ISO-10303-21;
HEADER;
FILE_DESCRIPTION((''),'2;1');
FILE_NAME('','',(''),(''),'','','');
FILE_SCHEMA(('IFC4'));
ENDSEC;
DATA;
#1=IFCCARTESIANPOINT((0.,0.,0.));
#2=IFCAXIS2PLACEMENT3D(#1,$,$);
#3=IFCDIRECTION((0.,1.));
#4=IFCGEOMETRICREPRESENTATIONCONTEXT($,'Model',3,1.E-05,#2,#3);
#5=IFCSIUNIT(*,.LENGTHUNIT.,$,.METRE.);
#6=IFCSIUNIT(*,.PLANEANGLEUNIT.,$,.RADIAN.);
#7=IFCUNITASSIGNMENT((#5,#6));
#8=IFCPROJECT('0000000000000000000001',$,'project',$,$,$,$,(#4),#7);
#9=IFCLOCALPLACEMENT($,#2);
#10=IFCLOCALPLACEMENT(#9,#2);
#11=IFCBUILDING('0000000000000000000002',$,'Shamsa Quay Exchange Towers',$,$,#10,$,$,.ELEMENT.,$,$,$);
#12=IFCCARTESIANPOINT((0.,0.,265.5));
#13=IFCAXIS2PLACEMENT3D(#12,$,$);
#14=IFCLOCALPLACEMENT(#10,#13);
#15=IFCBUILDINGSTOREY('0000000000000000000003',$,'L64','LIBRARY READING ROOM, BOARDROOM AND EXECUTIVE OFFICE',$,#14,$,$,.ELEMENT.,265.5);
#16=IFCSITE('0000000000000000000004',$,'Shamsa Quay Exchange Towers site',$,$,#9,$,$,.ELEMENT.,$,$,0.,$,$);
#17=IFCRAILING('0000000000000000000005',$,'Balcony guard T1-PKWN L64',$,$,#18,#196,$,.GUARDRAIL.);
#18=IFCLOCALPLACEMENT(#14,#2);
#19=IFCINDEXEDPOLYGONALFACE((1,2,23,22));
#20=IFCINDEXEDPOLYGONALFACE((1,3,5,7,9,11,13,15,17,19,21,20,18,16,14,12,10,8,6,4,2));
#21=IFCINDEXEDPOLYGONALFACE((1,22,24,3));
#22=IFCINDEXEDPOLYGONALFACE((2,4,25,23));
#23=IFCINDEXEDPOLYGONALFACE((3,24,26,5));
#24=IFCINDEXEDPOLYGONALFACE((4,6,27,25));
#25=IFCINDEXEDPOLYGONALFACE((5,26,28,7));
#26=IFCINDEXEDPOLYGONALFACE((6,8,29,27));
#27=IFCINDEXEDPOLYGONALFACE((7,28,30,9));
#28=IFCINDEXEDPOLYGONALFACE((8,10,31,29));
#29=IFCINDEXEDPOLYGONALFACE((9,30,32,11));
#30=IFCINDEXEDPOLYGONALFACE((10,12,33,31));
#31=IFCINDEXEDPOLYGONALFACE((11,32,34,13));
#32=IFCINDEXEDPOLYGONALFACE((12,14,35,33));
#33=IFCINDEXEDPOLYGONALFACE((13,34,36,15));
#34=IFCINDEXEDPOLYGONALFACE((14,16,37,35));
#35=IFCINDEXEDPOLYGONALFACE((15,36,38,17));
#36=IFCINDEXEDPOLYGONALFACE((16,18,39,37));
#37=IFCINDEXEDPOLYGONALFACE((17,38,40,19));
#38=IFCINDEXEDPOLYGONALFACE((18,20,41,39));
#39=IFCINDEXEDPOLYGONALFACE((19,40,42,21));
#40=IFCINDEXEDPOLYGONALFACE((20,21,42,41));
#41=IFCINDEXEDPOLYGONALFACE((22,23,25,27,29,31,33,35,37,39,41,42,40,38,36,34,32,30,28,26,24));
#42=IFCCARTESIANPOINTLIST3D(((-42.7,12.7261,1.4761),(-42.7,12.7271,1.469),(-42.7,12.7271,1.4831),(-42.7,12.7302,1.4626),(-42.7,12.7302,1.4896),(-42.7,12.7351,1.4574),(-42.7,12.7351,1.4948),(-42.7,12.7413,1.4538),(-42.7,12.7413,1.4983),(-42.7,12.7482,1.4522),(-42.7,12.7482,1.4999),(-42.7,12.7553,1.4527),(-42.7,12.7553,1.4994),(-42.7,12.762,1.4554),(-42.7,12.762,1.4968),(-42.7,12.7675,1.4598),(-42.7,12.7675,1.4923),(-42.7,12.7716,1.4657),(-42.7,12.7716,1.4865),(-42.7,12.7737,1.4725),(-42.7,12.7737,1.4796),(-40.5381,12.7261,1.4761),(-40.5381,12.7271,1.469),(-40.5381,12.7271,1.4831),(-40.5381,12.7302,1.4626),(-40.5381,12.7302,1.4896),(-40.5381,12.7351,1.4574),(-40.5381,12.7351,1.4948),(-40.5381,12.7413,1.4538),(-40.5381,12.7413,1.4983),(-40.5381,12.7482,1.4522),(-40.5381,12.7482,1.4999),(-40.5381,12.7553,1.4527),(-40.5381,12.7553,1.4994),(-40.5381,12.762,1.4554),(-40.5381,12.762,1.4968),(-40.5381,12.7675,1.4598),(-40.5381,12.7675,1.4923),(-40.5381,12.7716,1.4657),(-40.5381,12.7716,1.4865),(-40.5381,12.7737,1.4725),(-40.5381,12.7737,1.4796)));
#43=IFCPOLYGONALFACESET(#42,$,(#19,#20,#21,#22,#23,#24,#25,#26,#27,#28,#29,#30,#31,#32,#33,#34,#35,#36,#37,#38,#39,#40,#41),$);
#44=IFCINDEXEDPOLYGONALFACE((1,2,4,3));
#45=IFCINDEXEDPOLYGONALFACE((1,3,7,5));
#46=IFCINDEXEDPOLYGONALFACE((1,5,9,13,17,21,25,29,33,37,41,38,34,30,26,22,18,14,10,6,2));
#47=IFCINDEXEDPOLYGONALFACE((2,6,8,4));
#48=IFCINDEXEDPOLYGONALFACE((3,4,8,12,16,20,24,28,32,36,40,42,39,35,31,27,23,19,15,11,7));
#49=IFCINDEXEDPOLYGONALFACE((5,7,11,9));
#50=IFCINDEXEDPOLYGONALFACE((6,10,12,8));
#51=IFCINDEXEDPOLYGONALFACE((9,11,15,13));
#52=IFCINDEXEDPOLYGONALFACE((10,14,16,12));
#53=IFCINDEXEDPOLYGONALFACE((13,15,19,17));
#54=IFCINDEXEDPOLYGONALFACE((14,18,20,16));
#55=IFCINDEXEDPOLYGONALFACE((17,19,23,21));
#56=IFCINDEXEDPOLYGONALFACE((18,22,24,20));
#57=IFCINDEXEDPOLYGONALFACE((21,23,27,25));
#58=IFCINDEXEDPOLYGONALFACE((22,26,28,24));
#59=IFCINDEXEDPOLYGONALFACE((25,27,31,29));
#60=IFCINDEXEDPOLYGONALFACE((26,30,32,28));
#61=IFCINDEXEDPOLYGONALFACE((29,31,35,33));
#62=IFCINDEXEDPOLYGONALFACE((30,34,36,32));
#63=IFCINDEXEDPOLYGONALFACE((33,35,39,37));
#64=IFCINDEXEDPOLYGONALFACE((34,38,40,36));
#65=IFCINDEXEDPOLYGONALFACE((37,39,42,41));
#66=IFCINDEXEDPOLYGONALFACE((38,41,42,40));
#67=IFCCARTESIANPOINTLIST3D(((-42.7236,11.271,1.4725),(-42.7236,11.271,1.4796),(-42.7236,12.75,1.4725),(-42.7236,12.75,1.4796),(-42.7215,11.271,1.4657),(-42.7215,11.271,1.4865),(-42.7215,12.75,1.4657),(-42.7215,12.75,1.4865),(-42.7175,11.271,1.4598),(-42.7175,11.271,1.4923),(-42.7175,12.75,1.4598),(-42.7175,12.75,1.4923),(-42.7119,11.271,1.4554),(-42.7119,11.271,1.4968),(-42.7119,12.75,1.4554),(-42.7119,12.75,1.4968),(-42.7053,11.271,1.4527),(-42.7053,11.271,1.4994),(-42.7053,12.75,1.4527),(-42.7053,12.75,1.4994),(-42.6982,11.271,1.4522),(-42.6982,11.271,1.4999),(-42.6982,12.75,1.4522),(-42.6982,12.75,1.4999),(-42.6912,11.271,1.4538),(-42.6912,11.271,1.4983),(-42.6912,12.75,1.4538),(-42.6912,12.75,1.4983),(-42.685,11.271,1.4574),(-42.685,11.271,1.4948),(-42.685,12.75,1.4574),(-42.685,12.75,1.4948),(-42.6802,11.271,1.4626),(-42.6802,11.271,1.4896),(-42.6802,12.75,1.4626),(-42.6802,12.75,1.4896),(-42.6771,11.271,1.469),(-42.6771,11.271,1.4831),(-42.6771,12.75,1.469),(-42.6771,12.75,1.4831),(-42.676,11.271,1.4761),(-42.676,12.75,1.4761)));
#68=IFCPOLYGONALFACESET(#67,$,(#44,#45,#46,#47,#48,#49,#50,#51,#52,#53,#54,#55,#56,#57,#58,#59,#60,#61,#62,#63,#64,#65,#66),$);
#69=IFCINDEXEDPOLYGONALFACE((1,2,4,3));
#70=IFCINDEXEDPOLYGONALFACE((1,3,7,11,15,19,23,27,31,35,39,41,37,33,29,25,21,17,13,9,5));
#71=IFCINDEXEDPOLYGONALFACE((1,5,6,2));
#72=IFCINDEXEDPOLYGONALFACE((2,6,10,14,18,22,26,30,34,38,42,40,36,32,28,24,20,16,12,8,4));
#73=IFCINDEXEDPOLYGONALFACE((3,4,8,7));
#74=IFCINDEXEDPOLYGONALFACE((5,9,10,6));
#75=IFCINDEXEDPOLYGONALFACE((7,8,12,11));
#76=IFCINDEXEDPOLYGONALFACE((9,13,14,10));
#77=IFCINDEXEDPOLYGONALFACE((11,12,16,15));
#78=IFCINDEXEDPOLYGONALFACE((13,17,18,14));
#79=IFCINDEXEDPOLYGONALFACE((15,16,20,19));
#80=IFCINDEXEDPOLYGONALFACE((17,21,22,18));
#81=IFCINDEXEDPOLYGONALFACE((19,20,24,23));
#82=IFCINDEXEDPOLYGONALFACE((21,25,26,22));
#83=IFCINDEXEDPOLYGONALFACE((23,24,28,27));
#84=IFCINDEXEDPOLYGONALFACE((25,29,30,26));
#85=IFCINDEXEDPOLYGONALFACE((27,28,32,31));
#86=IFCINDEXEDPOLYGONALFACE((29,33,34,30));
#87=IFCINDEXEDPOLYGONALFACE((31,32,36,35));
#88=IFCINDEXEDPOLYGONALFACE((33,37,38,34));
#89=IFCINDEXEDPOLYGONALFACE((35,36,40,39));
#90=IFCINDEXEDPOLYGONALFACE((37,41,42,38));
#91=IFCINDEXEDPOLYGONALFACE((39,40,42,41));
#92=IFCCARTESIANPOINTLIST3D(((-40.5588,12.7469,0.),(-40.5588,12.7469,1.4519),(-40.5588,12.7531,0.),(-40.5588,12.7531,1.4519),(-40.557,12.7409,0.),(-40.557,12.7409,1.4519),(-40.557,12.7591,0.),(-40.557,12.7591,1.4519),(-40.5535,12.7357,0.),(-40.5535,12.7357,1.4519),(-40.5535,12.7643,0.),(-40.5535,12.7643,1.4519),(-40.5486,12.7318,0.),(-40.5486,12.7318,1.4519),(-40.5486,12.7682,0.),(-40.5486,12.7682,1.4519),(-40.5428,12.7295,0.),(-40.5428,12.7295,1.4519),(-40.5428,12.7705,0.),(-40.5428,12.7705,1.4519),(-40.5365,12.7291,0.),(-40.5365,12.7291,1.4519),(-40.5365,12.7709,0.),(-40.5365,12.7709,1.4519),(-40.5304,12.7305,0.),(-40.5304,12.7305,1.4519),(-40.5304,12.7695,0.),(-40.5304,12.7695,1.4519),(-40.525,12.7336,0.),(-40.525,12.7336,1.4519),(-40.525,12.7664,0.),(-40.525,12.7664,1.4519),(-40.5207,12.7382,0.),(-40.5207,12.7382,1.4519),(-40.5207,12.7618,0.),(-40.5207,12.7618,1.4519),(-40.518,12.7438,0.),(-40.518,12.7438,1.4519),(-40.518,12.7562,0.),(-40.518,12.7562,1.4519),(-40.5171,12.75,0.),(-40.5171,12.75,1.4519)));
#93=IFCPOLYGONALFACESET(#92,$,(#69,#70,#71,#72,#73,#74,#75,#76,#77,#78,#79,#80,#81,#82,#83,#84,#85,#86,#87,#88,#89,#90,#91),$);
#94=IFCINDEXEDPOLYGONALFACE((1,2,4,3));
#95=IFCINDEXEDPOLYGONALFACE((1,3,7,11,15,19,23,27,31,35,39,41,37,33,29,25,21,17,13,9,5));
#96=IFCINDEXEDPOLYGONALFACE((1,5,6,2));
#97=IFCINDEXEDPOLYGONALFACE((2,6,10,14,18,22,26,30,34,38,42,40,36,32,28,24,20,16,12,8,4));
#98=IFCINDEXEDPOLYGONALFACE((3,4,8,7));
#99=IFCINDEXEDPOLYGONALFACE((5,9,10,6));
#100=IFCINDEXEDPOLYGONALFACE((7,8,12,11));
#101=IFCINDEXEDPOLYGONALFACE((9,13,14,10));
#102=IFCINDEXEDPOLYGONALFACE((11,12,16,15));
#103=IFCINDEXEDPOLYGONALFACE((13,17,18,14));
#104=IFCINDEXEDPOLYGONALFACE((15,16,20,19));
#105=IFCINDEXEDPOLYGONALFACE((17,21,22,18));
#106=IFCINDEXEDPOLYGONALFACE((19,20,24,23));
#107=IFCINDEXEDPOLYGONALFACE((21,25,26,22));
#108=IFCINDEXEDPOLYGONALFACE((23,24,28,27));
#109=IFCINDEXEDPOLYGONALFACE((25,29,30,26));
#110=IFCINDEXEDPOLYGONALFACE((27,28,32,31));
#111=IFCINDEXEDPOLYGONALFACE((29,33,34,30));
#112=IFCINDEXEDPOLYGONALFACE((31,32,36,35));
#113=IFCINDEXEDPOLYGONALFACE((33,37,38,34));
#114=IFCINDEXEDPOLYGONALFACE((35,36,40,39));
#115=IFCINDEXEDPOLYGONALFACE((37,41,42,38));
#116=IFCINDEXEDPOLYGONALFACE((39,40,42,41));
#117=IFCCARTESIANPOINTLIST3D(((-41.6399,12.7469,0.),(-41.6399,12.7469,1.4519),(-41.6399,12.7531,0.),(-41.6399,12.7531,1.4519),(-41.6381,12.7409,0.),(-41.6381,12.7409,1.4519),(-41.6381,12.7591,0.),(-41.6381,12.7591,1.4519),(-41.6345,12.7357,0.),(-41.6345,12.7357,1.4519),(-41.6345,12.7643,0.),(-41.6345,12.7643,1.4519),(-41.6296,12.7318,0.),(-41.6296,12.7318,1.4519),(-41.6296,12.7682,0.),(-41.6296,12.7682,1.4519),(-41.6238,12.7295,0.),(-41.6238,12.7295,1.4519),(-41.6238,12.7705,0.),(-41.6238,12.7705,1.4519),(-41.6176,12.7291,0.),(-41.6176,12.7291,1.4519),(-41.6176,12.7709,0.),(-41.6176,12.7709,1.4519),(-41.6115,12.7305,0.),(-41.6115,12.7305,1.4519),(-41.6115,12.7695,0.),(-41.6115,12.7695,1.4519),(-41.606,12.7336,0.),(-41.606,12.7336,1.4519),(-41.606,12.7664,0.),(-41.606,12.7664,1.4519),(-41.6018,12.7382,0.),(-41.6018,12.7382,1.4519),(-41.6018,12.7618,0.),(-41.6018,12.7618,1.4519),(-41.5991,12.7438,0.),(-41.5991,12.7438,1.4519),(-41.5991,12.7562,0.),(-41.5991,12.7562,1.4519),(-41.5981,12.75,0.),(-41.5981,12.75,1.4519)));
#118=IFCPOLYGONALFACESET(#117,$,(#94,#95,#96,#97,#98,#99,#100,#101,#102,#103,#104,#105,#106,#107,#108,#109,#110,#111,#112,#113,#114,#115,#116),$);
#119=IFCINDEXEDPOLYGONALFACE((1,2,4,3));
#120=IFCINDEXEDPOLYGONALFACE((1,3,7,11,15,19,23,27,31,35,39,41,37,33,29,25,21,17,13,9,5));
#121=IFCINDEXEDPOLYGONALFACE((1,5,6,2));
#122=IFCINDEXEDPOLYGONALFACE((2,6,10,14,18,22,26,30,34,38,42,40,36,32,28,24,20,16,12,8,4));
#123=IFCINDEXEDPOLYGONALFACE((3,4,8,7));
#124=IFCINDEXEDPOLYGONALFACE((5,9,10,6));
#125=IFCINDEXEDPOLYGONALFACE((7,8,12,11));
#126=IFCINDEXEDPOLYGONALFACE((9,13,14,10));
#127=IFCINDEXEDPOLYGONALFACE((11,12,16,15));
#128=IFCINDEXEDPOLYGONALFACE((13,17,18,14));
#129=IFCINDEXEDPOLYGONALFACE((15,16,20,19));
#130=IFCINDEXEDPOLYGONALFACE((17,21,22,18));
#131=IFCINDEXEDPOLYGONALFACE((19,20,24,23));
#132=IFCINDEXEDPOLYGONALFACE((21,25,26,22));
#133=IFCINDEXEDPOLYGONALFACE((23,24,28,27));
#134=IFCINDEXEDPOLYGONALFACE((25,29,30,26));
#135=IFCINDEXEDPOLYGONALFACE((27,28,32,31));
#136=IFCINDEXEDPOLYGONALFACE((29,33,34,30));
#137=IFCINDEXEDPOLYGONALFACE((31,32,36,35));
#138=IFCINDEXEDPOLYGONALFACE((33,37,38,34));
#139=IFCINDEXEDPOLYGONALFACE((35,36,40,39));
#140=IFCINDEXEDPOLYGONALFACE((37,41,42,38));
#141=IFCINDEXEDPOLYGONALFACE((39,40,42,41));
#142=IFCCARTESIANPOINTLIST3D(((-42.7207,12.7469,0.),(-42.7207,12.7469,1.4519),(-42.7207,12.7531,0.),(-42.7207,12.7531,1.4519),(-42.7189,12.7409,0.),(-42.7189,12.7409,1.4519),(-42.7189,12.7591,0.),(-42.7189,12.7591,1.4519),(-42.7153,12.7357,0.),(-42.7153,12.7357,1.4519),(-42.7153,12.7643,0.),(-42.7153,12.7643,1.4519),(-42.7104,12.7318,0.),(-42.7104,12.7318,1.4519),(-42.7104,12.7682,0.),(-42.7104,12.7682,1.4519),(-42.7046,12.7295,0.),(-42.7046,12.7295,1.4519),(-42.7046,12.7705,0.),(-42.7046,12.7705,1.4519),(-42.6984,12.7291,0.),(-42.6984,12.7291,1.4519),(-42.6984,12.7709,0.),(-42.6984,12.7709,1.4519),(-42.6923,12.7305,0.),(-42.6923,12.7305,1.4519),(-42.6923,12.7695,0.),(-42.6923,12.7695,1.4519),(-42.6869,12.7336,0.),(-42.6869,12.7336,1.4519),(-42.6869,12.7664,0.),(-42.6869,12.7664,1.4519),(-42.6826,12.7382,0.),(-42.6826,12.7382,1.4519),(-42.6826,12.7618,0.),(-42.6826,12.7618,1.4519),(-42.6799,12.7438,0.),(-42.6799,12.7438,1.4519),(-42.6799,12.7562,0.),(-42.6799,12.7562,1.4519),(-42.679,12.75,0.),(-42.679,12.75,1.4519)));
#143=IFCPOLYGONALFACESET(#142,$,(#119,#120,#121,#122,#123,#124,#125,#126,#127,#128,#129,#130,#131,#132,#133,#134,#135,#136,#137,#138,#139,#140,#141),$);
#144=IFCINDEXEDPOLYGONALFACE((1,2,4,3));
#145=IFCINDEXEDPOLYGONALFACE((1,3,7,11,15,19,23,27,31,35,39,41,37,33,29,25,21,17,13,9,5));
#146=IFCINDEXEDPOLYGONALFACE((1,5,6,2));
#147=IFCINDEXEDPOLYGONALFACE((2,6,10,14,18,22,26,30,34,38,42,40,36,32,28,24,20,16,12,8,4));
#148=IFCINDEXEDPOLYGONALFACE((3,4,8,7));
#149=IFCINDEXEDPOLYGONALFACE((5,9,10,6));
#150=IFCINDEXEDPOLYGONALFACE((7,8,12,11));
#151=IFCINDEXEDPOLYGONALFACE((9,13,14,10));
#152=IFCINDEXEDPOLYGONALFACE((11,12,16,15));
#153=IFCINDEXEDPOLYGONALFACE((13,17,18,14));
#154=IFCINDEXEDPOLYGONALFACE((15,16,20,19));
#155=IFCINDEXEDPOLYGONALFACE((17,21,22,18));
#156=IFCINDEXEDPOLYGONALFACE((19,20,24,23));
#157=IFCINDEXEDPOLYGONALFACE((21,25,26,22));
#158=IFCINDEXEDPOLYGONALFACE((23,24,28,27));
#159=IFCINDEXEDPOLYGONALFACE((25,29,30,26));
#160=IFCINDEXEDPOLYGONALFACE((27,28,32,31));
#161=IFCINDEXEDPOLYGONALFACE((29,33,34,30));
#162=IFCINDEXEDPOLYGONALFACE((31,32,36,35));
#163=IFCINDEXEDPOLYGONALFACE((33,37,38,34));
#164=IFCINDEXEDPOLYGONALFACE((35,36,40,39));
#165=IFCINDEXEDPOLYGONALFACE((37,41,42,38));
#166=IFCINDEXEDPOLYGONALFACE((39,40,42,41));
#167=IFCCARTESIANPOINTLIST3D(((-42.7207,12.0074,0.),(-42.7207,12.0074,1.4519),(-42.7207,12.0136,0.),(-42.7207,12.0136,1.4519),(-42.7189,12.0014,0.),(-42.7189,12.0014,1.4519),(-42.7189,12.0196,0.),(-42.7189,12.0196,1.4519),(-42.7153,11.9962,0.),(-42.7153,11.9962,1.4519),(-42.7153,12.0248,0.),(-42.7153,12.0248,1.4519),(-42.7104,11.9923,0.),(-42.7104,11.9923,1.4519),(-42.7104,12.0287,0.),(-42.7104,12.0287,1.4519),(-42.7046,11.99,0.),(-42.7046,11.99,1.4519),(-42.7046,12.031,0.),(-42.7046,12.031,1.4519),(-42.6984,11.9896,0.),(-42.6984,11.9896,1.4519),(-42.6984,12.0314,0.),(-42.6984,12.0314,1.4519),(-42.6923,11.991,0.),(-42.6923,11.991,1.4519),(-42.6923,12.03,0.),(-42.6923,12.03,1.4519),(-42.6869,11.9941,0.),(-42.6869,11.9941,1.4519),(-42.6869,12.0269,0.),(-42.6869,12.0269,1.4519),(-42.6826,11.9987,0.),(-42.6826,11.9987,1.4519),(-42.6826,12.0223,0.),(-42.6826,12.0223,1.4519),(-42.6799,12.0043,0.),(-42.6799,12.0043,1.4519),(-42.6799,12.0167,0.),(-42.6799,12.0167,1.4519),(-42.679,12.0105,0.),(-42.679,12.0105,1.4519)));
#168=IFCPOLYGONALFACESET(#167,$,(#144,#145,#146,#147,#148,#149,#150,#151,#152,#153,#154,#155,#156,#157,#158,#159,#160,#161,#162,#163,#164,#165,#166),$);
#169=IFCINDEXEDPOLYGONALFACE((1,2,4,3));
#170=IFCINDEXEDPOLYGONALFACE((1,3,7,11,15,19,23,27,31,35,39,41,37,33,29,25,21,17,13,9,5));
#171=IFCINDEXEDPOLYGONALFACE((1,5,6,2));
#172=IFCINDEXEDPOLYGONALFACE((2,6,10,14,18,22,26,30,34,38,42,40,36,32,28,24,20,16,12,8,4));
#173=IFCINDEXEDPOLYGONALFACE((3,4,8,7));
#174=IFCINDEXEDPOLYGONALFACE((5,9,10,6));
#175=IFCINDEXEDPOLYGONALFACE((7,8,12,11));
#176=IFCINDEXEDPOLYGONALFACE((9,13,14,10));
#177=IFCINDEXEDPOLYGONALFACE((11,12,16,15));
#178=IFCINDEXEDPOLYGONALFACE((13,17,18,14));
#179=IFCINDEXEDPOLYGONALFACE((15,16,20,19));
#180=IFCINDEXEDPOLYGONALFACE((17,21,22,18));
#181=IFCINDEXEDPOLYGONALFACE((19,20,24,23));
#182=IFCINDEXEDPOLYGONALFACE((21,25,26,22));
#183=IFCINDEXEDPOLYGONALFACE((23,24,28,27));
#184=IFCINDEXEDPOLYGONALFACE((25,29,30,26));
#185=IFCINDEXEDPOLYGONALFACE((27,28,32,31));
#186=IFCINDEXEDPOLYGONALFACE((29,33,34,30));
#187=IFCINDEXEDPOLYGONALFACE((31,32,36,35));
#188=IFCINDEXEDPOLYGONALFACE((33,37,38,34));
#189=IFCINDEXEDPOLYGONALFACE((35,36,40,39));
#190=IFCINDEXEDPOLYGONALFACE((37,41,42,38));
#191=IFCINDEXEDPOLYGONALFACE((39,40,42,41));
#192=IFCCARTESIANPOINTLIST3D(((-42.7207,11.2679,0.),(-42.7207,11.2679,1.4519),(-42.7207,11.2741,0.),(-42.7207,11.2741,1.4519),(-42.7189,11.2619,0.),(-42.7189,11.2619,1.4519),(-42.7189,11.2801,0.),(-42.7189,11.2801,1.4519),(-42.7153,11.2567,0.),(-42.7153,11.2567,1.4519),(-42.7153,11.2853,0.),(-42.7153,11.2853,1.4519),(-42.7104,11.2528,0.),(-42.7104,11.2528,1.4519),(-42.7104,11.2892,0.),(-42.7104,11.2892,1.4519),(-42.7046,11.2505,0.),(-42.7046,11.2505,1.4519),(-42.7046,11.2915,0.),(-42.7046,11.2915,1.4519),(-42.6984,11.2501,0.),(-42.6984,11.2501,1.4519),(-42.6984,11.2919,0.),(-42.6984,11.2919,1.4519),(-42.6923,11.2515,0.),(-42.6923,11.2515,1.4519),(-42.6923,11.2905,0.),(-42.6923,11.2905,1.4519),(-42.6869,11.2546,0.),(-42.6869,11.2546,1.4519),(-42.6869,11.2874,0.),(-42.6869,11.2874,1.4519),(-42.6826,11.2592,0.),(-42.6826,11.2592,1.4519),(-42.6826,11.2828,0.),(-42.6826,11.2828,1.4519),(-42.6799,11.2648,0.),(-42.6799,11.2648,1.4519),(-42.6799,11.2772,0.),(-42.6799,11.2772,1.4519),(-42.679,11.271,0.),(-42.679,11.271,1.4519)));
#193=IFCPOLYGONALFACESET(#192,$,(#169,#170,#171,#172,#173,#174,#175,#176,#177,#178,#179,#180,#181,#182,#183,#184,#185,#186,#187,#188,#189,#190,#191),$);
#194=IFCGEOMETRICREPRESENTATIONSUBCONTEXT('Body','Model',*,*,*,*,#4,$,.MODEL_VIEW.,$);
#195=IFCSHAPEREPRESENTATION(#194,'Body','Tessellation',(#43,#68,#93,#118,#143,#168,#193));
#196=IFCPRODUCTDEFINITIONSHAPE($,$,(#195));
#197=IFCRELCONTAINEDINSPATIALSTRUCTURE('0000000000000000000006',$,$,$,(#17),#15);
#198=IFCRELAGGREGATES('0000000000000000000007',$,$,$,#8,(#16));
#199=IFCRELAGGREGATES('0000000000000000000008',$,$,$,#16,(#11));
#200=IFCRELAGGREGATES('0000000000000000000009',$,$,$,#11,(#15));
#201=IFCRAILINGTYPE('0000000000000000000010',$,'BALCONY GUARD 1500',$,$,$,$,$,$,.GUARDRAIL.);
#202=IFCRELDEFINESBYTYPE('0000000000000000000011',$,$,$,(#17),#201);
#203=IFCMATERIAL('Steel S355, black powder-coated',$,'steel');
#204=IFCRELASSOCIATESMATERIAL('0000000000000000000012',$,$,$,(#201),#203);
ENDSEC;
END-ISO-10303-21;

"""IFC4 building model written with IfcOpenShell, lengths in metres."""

from ifc_helpers import new_model, si_unit, direction, frame, origin, origin_2d, place, context, subcontext, project, spatial, circle, extrude, material, type_object, element, save


model = new_model("IFC4")

# Units and contexts
model_context = context("Model", 3, precision=1e-05, world=origin(), true_north=direction((0.0, 1.0)))
body_context = subcontext(model_context, "Body", "Model", "MODEL_VIEW")
ifc_project = project(units=[si_unit("LENGTHUNIT", "METRE"), si_unit("PLANEANGLEUNIT", "RADIAN")], contexts=[model_context])

# Site, building, storey
site_placement = place(None, origin())
site = spatial("IfcSite", under=ifc_project, at=site_placement, Name="Shamsa Quay Exchange Towers site", CompositionType="ELEMENT", RefElevation=0.0)
building_placement = place(site_placement, origin())
building = spatial("IfcBuilding", under=site, at=building_placement, Name="Shamsa Quay Exchange Towers", CompositionType="ELEMENT")
storey_placement = place(building_placement, frame((0.0, 0.0, 265.5)))
storey = spatial("IfcBuildingStorey", under=building, at=storey_placement, Name="L64", Description="LIBRARY READING ROOM, BOARDROOM AND EXECUTIVE OFFICE", CompositionType="ELEMENT", Elevation=265.5)

# Railing
ifc_material_1 = material(Name="Steel S355, black powder-coated", Category="steel")
railing_type_1 = type_object("IfcRailingType", Name="BALCONY GUARD 1500", PredefinedType="GUARDRAIL", material=ifc_material_1)
for number, where, name in (
    (1, (-40.5381, 12.75, 0.0), "Balcony guard T1-PKWN L64"),
):
    element("IfcRailing", number, at=place(storey_placement, frame(where)), inside=storey, type_object=railing_type_1, Name=name, PredefinedType="GUARDRAIL", context=body_context, shape_type="SweptSolid", body=[
        extrude(circle(Radius=0.0239, at=origin_2d()), frame((0.0, 0.0, 1.4761), z_axis=(-1.0, 0.0, 0.0), x_axis=(0.0, -1.0, 0.0)), (0.0, 0.0, 1.0), 2.1619),
        extrude(circle(Radius=0.0239, at=origin_2d()), frame((-2.1619, 0.0, 1.4761), z_axis=(0.0, -1.0, 0.0), x_axis=(1.0, 0.0, 0.0)), (0.0, 0.0, 1.0), 1.479),
        extrude(circle(Radius=0.021, at=origin_2d()), origin(), (0.0, 0.0, 1.0), 1.4519),
        extrude(circle(Radius=0.021, at=origin_2d()), frame((-1.0811, 0.0, 0.0)), (0.0, 0.0, 1.0), 1.4519),
        extrude(circle(Radius=0.021, at=origin_2d()), frame((-2.1619, 0.0, 0.0)), (0.0, 0.0, 1.0), 1.4519),
        extrude(circle(Radius=0.021, at=origin_2d()), frame((-2.1619, -0.7395, 0.0)), (0.0, 0.0, 1.0), 1.4519),
        extrude(circle(Radius=0.021, at=origin_2d()), frame((-2.1619, -1.479, 0.0)), (0.0, 0.0, 1.0), 1.4519),
    ])

save(model, "model.ifc")
